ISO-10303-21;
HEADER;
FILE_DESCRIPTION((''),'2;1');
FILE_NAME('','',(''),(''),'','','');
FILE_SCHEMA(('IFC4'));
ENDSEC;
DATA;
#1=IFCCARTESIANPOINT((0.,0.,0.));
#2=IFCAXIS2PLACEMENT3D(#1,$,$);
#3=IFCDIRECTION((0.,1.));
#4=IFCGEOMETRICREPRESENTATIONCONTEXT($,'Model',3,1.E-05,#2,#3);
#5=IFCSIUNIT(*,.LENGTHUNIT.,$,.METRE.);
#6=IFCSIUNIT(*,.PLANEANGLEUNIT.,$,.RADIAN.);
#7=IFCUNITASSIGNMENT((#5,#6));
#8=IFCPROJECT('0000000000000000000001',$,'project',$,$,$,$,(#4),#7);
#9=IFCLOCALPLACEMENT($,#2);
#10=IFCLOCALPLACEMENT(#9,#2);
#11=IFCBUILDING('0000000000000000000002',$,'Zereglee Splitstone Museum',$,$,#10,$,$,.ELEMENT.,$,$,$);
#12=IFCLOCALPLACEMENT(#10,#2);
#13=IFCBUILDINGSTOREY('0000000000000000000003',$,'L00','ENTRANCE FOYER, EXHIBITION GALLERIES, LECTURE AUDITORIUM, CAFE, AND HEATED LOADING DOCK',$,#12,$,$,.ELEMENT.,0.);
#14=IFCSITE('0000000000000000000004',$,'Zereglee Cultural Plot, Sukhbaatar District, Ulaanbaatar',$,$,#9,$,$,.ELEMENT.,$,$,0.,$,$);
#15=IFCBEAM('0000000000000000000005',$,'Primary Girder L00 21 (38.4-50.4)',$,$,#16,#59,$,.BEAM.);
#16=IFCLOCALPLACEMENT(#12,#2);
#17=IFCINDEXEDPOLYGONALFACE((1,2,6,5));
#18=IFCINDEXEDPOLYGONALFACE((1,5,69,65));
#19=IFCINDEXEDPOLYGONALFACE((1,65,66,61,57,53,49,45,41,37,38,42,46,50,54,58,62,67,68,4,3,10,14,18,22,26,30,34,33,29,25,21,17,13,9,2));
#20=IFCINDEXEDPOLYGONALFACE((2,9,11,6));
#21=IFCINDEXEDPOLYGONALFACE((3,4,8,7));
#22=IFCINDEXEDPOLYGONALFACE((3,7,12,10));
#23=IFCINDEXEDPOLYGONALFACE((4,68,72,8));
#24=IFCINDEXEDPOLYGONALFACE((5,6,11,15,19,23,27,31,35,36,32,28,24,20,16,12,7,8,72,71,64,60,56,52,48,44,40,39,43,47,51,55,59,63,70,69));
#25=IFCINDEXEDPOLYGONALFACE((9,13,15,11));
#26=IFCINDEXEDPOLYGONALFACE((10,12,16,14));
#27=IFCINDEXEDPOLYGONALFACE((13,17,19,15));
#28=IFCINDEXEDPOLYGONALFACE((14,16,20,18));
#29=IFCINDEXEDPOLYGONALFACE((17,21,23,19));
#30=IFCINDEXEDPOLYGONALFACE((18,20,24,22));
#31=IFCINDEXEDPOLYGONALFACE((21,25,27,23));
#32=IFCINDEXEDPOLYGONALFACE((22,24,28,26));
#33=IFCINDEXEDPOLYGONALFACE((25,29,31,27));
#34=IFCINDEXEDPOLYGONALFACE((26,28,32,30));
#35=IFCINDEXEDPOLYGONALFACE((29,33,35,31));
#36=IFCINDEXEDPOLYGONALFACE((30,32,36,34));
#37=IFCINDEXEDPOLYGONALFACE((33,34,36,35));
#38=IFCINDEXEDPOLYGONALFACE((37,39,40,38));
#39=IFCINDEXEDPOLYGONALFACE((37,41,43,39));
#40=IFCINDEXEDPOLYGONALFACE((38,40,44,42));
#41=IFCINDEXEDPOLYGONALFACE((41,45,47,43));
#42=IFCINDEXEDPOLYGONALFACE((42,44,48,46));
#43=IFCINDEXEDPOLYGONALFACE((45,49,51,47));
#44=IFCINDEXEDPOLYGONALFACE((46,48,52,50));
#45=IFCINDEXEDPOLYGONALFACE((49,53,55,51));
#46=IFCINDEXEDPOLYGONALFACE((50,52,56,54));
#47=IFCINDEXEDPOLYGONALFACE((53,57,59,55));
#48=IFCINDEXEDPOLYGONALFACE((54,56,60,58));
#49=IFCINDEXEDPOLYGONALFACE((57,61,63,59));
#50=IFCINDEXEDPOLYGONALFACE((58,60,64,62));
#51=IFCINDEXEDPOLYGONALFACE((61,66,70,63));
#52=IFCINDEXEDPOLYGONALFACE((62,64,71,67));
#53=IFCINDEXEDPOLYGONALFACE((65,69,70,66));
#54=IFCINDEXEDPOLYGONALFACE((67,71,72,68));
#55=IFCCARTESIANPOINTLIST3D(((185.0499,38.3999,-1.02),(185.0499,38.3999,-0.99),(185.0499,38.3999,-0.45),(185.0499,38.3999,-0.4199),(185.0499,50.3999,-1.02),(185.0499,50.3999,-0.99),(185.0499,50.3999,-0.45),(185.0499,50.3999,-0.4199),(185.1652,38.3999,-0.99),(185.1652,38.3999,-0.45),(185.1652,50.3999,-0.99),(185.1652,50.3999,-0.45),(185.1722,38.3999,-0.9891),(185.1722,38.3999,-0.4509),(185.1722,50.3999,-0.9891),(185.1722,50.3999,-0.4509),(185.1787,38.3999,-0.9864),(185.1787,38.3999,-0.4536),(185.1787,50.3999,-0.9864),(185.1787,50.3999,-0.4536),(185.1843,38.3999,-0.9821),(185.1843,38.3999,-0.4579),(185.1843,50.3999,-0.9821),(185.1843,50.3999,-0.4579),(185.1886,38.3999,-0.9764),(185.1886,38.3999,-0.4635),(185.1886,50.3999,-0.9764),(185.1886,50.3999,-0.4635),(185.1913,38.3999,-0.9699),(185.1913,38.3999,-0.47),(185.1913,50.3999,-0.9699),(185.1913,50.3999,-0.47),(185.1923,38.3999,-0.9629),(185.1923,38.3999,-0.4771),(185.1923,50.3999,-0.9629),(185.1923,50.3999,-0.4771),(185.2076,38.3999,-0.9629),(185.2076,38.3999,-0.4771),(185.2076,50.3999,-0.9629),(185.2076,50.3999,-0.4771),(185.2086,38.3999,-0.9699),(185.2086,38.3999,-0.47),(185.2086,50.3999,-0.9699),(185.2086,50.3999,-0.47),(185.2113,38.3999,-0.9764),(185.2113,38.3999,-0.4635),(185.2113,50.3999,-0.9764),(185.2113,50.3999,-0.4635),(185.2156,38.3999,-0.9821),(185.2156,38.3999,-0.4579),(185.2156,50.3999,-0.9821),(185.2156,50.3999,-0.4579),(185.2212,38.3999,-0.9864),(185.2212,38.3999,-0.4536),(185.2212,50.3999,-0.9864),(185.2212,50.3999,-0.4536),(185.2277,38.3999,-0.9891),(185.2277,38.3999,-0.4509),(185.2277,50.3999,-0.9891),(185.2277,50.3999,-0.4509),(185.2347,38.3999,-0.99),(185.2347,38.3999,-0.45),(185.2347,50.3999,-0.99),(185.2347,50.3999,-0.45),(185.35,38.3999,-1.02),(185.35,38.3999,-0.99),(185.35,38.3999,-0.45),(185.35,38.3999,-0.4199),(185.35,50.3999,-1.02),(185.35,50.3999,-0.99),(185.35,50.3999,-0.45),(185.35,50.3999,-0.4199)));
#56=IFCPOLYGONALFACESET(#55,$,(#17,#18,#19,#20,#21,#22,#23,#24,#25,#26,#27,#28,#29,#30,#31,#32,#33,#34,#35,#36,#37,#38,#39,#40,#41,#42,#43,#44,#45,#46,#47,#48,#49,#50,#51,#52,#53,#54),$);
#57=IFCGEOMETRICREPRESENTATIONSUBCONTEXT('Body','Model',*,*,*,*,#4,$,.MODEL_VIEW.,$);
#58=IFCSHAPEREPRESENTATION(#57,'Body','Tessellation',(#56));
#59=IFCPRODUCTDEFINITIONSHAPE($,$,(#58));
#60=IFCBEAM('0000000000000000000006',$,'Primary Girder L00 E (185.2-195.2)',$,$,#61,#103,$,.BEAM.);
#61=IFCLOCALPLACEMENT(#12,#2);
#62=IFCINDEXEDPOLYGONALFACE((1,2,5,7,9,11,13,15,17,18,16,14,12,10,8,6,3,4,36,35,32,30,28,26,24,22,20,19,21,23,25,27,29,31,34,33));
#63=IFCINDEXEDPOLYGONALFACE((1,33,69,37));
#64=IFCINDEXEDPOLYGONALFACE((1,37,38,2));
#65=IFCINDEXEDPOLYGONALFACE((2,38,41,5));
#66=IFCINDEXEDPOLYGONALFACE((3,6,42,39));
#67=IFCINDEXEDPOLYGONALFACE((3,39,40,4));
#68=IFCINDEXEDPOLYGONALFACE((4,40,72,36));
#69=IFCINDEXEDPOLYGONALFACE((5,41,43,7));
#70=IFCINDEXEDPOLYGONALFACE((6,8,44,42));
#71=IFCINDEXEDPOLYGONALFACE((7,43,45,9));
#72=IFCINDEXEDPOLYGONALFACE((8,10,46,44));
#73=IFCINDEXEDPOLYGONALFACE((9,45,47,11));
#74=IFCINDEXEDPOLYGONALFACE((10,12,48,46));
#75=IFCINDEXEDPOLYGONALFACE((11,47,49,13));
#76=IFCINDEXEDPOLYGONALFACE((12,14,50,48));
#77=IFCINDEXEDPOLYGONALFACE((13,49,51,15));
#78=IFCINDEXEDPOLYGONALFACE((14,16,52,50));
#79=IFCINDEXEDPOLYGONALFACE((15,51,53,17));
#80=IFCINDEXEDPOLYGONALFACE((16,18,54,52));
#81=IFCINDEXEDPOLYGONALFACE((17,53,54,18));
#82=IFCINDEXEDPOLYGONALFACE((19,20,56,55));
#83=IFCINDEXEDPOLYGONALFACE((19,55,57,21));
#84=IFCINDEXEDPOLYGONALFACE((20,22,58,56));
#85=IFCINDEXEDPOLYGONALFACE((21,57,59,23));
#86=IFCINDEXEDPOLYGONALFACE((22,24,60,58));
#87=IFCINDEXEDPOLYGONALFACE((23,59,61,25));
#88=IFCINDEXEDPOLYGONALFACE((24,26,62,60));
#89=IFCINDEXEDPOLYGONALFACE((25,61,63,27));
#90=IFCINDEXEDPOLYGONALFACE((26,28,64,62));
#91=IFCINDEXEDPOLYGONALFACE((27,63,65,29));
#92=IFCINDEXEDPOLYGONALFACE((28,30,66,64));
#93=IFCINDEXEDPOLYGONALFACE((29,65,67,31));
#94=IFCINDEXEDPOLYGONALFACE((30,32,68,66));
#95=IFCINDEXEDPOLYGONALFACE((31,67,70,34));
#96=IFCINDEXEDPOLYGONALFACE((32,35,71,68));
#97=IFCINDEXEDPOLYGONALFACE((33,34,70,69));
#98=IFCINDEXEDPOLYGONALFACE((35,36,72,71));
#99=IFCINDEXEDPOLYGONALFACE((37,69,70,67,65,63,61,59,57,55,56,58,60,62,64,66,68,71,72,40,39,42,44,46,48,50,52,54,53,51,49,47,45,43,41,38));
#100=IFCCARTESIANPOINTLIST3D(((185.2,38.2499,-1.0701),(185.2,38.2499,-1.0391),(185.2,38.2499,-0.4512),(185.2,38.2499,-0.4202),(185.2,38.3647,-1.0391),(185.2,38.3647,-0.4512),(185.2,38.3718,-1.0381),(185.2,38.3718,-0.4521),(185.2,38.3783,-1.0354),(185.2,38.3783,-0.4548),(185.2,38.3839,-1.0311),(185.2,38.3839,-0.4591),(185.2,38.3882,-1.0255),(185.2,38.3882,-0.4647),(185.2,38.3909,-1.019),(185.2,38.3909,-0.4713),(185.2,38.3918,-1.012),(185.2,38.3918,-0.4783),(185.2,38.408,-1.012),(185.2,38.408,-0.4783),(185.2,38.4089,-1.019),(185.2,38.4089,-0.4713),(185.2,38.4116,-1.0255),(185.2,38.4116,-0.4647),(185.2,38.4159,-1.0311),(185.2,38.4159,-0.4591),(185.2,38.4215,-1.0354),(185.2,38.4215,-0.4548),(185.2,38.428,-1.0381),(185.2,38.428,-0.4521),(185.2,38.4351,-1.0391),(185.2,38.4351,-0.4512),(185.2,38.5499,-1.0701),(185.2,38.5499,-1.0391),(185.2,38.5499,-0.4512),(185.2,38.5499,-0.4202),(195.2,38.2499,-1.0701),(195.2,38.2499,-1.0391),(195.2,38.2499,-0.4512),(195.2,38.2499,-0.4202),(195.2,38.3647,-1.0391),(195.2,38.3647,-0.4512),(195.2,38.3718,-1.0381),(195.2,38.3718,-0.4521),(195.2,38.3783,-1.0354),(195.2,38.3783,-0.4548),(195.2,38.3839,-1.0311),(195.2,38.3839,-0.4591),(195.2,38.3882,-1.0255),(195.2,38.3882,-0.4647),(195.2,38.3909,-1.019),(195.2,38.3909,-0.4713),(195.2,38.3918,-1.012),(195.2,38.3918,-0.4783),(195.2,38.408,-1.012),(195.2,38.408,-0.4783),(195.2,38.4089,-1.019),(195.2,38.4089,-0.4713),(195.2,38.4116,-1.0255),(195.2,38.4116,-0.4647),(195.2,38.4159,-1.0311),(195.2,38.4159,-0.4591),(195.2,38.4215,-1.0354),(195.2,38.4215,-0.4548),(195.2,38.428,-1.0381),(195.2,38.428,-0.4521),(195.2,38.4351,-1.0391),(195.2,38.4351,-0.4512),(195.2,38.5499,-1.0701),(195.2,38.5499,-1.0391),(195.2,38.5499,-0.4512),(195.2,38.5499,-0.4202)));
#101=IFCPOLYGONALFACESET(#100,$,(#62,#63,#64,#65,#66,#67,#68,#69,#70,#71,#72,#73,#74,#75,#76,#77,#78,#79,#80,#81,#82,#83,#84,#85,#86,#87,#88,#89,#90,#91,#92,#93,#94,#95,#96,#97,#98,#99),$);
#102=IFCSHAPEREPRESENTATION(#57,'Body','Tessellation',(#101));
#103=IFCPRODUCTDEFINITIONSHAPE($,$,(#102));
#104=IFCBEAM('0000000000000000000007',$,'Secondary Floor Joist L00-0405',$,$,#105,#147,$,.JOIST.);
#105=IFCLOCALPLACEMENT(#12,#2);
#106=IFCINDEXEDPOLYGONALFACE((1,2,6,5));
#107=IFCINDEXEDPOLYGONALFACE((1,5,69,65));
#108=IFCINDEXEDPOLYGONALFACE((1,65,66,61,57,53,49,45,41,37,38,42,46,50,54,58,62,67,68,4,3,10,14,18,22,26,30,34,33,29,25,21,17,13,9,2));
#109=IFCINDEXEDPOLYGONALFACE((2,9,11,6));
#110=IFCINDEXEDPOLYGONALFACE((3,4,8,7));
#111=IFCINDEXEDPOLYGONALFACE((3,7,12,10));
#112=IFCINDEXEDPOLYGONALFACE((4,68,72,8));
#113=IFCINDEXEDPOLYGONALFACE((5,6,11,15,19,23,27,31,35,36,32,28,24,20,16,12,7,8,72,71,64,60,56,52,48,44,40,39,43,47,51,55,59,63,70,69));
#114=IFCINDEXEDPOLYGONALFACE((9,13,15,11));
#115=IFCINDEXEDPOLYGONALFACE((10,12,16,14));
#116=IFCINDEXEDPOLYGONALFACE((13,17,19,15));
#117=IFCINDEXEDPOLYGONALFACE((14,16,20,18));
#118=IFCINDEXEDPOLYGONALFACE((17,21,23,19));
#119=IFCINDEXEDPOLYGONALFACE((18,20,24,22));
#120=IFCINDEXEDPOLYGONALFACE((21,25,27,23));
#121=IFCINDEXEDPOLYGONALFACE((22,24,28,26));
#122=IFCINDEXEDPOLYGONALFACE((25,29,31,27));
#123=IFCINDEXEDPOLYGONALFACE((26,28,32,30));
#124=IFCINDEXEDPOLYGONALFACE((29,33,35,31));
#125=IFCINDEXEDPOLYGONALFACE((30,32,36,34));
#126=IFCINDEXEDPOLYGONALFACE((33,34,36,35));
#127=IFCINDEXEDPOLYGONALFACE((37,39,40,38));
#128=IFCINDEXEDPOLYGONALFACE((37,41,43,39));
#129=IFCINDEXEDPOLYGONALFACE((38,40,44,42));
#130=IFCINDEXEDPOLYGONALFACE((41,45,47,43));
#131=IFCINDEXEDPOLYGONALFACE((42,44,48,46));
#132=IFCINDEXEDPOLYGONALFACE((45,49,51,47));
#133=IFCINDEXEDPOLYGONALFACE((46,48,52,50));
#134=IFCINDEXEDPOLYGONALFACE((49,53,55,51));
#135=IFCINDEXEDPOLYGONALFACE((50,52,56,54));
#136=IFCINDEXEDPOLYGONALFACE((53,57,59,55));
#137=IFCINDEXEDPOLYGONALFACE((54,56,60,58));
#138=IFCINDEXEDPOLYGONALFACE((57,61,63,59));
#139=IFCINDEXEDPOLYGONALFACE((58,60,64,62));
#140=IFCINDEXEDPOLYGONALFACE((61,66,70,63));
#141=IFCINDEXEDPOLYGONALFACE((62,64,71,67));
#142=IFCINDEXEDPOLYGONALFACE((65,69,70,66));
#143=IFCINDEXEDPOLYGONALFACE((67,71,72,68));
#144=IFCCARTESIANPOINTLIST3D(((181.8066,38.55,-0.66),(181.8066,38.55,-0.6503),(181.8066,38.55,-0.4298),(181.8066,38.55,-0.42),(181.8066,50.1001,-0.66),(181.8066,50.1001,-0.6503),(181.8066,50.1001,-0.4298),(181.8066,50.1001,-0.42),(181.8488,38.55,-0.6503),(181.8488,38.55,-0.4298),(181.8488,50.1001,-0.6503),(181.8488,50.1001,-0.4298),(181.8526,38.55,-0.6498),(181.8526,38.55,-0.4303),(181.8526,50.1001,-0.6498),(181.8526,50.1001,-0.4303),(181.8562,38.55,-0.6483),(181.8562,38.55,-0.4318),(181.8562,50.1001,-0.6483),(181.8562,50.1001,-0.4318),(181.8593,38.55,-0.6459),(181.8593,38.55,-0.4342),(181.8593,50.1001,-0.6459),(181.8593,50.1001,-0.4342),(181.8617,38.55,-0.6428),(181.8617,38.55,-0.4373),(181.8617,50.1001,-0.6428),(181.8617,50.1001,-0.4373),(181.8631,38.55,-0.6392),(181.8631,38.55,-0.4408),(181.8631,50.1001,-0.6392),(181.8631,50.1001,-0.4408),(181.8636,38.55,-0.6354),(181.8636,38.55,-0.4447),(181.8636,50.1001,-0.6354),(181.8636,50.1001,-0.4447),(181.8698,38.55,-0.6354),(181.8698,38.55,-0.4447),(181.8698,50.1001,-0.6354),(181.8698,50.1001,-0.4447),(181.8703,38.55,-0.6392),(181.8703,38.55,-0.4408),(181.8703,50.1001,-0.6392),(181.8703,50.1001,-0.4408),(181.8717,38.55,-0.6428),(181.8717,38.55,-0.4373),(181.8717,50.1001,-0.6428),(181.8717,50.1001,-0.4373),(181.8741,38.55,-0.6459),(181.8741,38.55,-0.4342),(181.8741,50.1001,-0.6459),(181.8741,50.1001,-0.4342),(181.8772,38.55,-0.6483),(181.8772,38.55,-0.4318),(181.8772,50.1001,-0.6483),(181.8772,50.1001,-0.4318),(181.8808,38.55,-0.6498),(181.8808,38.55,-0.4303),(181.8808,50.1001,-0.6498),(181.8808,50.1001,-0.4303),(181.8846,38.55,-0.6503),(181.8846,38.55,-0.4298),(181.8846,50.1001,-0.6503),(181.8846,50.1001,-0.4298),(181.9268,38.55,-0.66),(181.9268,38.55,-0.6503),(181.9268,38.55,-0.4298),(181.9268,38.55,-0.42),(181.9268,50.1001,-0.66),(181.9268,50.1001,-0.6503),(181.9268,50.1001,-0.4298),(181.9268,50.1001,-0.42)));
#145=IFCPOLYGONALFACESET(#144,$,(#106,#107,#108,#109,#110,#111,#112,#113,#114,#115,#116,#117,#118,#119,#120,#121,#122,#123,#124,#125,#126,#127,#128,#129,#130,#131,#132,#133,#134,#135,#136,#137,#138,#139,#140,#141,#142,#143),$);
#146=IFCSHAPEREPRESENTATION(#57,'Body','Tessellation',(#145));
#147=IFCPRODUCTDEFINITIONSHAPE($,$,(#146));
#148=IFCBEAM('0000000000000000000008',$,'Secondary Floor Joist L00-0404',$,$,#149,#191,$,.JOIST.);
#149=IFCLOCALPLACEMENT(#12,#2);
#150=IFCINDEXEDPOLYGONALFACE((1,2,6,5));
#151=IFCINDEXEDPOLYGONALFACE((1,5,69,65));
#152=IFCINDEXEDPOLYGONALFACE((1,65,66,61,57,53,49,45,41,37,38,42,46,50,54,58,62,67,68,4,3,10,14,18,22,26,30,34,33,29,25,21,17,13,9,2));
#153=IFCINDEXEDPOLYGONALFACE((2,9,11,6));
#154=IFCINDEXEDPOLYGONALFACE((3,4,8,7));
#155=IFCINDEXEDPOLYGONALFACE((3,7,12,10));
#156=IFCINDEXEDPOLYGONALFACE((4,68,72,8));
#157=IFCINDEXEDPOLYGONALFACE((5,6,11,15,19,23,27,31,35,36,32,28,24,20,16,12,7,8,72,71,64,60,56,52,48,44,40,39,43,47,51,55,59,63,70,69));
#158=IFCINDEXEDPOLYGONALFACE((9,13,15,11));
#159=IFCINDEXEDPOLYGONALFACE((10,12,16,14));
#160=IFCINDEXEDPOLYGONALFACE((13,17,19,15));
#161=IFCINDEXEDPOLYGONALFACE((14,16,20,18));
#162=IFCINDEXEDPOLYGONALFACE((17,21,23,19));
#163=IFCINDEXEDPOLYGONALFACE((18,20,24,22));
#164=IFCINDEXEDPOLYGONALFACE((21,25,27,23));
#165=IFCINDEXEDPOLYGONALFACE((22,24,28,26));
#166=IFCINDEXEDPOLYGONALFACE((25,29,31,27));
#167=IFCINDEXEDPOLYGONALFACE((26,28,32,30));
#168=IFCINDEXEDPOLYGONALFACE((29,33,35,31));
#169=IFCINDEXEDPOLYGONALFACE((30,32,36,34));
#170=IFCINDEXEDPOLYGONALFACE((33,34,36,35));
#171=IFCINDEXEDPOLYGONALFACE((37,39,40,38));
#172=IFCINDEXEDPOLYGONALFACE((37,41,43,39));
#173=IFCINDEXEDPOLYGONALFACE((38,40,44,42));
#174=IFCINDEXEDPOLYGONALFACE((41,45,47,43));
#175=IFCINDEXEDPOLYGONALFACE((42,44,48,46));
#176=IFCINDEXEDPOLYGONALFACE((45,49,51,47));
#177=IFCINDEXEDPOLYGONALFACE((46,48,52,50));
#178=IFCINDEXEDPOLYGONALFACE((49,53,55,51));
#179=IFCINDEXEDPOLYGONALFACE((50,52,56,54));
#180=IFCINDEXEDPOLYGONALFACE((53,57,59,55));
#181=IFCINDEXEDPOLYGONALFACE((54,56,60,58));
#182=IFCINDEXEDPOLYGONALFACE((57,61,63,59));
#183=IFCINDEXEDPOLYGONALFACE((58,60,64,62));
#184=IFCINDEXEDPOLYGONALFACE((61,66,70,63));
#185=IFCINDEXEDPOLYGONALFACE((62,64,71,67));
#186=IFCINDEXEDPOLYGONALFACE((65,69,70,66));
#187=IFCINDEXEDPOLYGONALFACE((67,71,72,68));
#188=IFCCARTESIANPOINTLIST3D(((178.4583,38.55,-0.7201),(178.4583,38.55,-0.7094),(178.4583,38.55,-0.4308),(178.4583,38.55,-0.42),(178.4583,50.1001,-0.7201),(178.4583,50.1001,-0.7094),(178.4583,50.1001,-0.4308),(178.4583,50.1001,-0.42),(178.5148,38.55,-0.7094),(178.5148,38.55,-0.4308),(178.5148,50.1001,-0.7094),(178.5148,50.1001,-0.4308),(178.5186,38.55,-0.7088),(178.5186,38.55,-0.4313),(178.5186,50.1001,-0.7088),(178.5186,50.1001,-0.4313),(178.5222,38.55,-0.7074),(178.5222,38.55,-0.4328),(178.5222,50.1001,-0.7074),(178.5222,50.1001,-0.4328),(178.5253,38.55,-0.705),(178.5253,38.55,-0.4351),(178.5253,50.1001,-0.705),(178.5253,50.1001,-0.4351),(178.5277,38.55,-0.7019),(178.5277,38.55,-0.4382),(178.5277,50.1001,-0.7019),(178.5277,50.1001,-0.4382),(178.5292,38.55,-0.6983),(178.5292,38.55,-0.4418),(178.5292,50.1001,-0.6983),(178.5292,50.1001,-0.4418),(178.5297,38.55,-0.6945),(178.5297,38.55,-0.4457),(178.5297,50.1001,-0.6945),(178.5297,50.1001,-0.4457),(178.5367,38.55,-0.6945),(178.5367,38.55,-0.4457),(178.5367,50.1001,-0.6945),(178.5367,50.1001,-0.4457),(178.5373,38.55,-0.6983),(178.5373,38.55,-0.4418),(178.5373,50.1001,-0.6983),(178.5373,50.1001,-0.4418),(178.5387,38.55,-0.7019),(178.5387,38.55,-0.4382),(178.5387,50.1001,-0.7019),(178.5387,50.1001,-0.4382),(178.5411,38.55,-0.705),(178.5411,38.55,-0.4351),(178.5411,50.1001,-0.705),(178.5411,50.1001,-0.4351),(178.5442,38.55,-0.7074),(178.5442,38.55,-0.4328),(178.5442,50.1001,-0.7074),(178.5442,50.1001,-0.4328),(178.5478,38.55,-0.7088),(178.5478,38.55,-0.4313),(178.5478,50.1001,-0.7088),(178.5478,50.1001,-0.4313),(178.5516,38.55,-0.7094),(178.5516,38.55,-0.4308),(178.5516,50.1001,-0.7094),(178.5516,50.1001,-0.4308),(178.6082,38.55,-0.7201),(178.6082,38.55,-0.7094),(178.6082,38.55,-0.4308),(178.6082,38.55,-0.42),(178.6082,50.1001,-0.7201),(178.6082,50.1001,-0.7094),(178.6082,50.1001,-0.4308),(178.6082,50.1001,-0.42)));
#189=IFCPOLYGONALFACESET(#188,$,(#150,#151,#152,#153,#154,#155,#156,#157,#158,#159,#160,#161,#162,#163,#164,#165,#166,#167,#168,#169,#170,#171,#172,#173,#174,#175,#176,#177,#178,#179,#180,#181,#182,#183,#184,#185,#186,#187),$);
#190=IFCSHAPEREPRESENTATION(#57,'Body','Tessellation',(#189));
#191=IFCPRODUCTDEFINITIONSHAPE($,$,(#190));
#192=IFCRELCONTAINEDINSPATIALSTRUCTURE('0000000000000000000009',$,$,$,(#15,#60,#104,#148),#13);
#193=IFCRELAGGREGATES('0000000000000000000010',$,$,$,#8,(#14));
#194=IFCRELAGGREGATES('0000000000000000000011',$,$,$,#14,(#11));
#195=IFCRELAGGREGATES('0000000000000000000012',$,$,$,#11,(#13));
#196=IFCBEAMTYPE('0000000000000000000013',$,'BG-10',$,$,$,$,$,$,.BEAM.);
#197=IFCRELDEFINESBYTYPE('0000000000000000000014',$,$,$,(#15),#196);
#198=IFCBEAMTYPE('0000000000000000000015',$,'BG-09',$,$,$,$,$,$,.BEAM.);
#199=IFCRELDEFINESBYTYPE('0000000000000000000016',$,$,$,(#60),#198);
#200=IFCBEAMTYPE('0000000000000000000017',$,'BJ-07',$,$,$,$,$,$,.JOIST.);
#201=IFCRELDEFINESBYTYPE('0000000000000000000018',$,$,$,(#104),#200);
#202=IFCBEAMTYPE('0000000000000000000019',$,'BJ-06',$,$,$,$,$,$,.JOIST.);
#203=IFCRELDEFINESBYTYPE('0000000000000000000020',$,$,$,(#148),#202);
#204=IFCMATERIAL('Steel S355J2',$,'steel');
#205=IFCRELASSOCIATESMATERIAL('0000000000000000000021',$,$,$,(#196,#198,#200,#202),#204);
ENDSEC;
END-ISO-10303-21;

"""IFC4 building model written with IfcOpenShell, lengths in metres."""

from ifc_helpers import new_model, si_unit, direction, frame, origin, origin_2d, place, context, subcontext, project, spatial, i_section, extrude, material, material_profile, profile_set, type_object, element, save


model = new_model("IFC4")

# Units and contexts
model_context = context("Model", 3, precision=1e-05, world=origin(), true_north=direction((0.0, 1.0)))
body_context = subcontext(model_context, "Body", "Model", "MODEL_VIEW")
ifc_project = project(units=[si_unit("LENGTHUNIT", "METRE"), si_unit("PLANEANGLEUNIT", "RADIAN")], contexts=[model_context])

# Site, building, storey
site_placement = place(None, origin())
site = spatial("IfcSite", under=ifc_project, at=site_placement, Name="Zereglee Cultural Plot, Sukhbaatar District, Ulaanbaatar", CompositionType="ELEMENT", RefElevation=0.0)
building_placement = place(site_placement, origin())
building = spatial("IfcBuilding", under=site, at=building_placement, Name="Zereglee Splitstone Museum", CompositionType="ELEMENT")
storey_placement = place(building_placement, origin())
storey = spatial("IfcBuildingStorey", under=building, at=storey_placement, Name="L00", Description="ENTRANCE FOYER, EXHIBITION GALLERIES, LECTURE AUDITORIUM, CAFE, AND HEATED LOADING DOCK", CompositionType="ELEMENT", Elevation=0.0)

# Beams
ifc_material_1 = material(Name="Steel S355J2", Category="steel")
ifc_material_profile_1 = material_profile(ifc_material_1, i_section(OverallWidth=0.3, OverallDepth=0.6001, WebThickness=0.0154, FlangeThickness=0.03, FilletRadius=0.0271, at=origin_2d()), Name="HE 600 B")
ifc_profile_set_1 = profile_set([ifc_material_profile_1], Name="Steel S355J2")
beam_type_1 = type_object("IfcBeamType", Name="BG-10", PredefinedType="BEAM", material=ifc_profile_set_1)
beam_1_placement = place(storey_placement, frame((185.2, 38.3999, -0.72), z_axis=(0.0, 1.0, 0.0), x_axis=(-1.0, 0.0, 0.0)))
element("IfcBeam", 1, at=beam_1_placement, inside=storey, type_object=beam_type_1, Name="Primary Girder L00 21 (38.4-50.4)", PredefinedType="BEAM", context=body_context, shape_type="SweptSolid", body=[
    extrude(i_section(OverallWidth=0.3, OverallDepth=0.6001, WebThickness=0.0154, FlangeThickness=0.03, FilletRadius=0.0271, at=origin_2d()), origin(), (0.0, 0.0, 1.0), 12.0),
])
ifc_material_profile_2 = material_profile(ifc_material_1, i_section(OverallWidth=0.3, OverallDepth=0.6499, WebThickness=0.0161, FlangeThickness=0.031, FilletRadius=0.0271, at=origin_2d()), Name="HE 650 B")
ifc_profile_set_2 = profile_set([ifc_material_profile_2], Name="Steel S355J2")
beam_type_2 = type_object("IfcBeamType", Name="BG-09", PredefinedType="BEAM", material=ifc_profile_set_2)
beam_2_placement = place(storey_placement, frame((185.2, 38.3999, -0.7451), z_axis=(1.0, 0.0, 0.0), x_axis=(0.0, 1.0, 0.0)))
element("IfcBeam", 2, at=beam_2_placement, inside=storey, type_object=beam_type_2, Name="Primary Girder L00 E (185.2-195.2)", PredefinedType="BEAM", context=body_context, shape_type="SweptSolid", body=[
    extrude(i_section(OverallWidth=0.3, OverallDepth=0.6499, WebThickness=0.0161, FlangeThickness=0.031, FilletRadius=0.0271, at=origin_2d()), origin(), (0.0, 0.0, 1.0), 10.0),
])
ifc_material_profile_3 = material_profile(ifc_material_1, i_section(OverallWidth=0.1201, OverallDepth=0.24, WebThickness=0.0061, FlangeThickness=0.0098, FilletRadius=0.0149, at=origin_2d()), Name="IPE 240")
ifc_profile_set_3 = profile_set([ifc_material_profile_3], Name="Steel S355J2")
beam_type_3 = type_object("IfcBeamType", Name="BJ-07", PredefinedType="JOIST", material=ifc_profile_set_3)
beam_3_placement = place(storey_placement, frame((181.8667, 38.55, -0.54), z_axis=(0.0, 1.0, 0.0), x_axis=(-1.0, 0.0, 0.0)))
element("IfcBeam", 3, at=beam_3_placement, inside=storey, type_object=beam_type_3, Name="Secondary Floor Joist L00-0405", PredefinedType="JOIST", context=body_context, shape_type="SweptSolid", body=[
    extrude(i_section(OverallWidth=0.1201, OverallDepth=0.24, WebThickness=0.0061, FlangeThickness=0.0098, FilletRadius=0.0149, at=origin_2d()), origin(), (0.0, 0.0, 1.0), 11.55),
])
ifc_material_profile_4 = material_profile(ifc_material_1, i_section(OverallWidth=0.1499, OverallDepth=0.3, WebThickness=0.0071, FlangeThickness=0.0107, FilletRadius=0.0149, at=origin_2d()), Name="IPE 300")
ifc_profile_set_4 = profile_set([ifc_material_profile_4], Name="Steel S355J2")
beam_type_4 = type_object("IfcBeamType", Name="BJ-06", PredefinedType="JOIST", material=ifc_profile_set_4)
beam_4_placement = place(storey_placement, frame((178.5332, 38.55, -0.5701), z_axis=(0.0, 1.0, 0.0), x_axis=(-1.0, 0.0, 0.0)))
element("IfcBeam", 4, at=beam_4_placement, inside=storey, type_object=beam_type_4, Name="Secondary Floor Joist L00-0404", PredefinedType="JOIST", context=body_context, shape_type="SweptSolid", body=[
    extrude(i_section(OverallWidth=0.1499, OverallDepth=0.3, WebThickness=0.0071, FlangeThickness=0.0107, FilletRadius=0.0149, at=origin_2d()), origin(), (0.0, 0.0, 1.0), 11.55),
])

save(model, "model.ifc")
